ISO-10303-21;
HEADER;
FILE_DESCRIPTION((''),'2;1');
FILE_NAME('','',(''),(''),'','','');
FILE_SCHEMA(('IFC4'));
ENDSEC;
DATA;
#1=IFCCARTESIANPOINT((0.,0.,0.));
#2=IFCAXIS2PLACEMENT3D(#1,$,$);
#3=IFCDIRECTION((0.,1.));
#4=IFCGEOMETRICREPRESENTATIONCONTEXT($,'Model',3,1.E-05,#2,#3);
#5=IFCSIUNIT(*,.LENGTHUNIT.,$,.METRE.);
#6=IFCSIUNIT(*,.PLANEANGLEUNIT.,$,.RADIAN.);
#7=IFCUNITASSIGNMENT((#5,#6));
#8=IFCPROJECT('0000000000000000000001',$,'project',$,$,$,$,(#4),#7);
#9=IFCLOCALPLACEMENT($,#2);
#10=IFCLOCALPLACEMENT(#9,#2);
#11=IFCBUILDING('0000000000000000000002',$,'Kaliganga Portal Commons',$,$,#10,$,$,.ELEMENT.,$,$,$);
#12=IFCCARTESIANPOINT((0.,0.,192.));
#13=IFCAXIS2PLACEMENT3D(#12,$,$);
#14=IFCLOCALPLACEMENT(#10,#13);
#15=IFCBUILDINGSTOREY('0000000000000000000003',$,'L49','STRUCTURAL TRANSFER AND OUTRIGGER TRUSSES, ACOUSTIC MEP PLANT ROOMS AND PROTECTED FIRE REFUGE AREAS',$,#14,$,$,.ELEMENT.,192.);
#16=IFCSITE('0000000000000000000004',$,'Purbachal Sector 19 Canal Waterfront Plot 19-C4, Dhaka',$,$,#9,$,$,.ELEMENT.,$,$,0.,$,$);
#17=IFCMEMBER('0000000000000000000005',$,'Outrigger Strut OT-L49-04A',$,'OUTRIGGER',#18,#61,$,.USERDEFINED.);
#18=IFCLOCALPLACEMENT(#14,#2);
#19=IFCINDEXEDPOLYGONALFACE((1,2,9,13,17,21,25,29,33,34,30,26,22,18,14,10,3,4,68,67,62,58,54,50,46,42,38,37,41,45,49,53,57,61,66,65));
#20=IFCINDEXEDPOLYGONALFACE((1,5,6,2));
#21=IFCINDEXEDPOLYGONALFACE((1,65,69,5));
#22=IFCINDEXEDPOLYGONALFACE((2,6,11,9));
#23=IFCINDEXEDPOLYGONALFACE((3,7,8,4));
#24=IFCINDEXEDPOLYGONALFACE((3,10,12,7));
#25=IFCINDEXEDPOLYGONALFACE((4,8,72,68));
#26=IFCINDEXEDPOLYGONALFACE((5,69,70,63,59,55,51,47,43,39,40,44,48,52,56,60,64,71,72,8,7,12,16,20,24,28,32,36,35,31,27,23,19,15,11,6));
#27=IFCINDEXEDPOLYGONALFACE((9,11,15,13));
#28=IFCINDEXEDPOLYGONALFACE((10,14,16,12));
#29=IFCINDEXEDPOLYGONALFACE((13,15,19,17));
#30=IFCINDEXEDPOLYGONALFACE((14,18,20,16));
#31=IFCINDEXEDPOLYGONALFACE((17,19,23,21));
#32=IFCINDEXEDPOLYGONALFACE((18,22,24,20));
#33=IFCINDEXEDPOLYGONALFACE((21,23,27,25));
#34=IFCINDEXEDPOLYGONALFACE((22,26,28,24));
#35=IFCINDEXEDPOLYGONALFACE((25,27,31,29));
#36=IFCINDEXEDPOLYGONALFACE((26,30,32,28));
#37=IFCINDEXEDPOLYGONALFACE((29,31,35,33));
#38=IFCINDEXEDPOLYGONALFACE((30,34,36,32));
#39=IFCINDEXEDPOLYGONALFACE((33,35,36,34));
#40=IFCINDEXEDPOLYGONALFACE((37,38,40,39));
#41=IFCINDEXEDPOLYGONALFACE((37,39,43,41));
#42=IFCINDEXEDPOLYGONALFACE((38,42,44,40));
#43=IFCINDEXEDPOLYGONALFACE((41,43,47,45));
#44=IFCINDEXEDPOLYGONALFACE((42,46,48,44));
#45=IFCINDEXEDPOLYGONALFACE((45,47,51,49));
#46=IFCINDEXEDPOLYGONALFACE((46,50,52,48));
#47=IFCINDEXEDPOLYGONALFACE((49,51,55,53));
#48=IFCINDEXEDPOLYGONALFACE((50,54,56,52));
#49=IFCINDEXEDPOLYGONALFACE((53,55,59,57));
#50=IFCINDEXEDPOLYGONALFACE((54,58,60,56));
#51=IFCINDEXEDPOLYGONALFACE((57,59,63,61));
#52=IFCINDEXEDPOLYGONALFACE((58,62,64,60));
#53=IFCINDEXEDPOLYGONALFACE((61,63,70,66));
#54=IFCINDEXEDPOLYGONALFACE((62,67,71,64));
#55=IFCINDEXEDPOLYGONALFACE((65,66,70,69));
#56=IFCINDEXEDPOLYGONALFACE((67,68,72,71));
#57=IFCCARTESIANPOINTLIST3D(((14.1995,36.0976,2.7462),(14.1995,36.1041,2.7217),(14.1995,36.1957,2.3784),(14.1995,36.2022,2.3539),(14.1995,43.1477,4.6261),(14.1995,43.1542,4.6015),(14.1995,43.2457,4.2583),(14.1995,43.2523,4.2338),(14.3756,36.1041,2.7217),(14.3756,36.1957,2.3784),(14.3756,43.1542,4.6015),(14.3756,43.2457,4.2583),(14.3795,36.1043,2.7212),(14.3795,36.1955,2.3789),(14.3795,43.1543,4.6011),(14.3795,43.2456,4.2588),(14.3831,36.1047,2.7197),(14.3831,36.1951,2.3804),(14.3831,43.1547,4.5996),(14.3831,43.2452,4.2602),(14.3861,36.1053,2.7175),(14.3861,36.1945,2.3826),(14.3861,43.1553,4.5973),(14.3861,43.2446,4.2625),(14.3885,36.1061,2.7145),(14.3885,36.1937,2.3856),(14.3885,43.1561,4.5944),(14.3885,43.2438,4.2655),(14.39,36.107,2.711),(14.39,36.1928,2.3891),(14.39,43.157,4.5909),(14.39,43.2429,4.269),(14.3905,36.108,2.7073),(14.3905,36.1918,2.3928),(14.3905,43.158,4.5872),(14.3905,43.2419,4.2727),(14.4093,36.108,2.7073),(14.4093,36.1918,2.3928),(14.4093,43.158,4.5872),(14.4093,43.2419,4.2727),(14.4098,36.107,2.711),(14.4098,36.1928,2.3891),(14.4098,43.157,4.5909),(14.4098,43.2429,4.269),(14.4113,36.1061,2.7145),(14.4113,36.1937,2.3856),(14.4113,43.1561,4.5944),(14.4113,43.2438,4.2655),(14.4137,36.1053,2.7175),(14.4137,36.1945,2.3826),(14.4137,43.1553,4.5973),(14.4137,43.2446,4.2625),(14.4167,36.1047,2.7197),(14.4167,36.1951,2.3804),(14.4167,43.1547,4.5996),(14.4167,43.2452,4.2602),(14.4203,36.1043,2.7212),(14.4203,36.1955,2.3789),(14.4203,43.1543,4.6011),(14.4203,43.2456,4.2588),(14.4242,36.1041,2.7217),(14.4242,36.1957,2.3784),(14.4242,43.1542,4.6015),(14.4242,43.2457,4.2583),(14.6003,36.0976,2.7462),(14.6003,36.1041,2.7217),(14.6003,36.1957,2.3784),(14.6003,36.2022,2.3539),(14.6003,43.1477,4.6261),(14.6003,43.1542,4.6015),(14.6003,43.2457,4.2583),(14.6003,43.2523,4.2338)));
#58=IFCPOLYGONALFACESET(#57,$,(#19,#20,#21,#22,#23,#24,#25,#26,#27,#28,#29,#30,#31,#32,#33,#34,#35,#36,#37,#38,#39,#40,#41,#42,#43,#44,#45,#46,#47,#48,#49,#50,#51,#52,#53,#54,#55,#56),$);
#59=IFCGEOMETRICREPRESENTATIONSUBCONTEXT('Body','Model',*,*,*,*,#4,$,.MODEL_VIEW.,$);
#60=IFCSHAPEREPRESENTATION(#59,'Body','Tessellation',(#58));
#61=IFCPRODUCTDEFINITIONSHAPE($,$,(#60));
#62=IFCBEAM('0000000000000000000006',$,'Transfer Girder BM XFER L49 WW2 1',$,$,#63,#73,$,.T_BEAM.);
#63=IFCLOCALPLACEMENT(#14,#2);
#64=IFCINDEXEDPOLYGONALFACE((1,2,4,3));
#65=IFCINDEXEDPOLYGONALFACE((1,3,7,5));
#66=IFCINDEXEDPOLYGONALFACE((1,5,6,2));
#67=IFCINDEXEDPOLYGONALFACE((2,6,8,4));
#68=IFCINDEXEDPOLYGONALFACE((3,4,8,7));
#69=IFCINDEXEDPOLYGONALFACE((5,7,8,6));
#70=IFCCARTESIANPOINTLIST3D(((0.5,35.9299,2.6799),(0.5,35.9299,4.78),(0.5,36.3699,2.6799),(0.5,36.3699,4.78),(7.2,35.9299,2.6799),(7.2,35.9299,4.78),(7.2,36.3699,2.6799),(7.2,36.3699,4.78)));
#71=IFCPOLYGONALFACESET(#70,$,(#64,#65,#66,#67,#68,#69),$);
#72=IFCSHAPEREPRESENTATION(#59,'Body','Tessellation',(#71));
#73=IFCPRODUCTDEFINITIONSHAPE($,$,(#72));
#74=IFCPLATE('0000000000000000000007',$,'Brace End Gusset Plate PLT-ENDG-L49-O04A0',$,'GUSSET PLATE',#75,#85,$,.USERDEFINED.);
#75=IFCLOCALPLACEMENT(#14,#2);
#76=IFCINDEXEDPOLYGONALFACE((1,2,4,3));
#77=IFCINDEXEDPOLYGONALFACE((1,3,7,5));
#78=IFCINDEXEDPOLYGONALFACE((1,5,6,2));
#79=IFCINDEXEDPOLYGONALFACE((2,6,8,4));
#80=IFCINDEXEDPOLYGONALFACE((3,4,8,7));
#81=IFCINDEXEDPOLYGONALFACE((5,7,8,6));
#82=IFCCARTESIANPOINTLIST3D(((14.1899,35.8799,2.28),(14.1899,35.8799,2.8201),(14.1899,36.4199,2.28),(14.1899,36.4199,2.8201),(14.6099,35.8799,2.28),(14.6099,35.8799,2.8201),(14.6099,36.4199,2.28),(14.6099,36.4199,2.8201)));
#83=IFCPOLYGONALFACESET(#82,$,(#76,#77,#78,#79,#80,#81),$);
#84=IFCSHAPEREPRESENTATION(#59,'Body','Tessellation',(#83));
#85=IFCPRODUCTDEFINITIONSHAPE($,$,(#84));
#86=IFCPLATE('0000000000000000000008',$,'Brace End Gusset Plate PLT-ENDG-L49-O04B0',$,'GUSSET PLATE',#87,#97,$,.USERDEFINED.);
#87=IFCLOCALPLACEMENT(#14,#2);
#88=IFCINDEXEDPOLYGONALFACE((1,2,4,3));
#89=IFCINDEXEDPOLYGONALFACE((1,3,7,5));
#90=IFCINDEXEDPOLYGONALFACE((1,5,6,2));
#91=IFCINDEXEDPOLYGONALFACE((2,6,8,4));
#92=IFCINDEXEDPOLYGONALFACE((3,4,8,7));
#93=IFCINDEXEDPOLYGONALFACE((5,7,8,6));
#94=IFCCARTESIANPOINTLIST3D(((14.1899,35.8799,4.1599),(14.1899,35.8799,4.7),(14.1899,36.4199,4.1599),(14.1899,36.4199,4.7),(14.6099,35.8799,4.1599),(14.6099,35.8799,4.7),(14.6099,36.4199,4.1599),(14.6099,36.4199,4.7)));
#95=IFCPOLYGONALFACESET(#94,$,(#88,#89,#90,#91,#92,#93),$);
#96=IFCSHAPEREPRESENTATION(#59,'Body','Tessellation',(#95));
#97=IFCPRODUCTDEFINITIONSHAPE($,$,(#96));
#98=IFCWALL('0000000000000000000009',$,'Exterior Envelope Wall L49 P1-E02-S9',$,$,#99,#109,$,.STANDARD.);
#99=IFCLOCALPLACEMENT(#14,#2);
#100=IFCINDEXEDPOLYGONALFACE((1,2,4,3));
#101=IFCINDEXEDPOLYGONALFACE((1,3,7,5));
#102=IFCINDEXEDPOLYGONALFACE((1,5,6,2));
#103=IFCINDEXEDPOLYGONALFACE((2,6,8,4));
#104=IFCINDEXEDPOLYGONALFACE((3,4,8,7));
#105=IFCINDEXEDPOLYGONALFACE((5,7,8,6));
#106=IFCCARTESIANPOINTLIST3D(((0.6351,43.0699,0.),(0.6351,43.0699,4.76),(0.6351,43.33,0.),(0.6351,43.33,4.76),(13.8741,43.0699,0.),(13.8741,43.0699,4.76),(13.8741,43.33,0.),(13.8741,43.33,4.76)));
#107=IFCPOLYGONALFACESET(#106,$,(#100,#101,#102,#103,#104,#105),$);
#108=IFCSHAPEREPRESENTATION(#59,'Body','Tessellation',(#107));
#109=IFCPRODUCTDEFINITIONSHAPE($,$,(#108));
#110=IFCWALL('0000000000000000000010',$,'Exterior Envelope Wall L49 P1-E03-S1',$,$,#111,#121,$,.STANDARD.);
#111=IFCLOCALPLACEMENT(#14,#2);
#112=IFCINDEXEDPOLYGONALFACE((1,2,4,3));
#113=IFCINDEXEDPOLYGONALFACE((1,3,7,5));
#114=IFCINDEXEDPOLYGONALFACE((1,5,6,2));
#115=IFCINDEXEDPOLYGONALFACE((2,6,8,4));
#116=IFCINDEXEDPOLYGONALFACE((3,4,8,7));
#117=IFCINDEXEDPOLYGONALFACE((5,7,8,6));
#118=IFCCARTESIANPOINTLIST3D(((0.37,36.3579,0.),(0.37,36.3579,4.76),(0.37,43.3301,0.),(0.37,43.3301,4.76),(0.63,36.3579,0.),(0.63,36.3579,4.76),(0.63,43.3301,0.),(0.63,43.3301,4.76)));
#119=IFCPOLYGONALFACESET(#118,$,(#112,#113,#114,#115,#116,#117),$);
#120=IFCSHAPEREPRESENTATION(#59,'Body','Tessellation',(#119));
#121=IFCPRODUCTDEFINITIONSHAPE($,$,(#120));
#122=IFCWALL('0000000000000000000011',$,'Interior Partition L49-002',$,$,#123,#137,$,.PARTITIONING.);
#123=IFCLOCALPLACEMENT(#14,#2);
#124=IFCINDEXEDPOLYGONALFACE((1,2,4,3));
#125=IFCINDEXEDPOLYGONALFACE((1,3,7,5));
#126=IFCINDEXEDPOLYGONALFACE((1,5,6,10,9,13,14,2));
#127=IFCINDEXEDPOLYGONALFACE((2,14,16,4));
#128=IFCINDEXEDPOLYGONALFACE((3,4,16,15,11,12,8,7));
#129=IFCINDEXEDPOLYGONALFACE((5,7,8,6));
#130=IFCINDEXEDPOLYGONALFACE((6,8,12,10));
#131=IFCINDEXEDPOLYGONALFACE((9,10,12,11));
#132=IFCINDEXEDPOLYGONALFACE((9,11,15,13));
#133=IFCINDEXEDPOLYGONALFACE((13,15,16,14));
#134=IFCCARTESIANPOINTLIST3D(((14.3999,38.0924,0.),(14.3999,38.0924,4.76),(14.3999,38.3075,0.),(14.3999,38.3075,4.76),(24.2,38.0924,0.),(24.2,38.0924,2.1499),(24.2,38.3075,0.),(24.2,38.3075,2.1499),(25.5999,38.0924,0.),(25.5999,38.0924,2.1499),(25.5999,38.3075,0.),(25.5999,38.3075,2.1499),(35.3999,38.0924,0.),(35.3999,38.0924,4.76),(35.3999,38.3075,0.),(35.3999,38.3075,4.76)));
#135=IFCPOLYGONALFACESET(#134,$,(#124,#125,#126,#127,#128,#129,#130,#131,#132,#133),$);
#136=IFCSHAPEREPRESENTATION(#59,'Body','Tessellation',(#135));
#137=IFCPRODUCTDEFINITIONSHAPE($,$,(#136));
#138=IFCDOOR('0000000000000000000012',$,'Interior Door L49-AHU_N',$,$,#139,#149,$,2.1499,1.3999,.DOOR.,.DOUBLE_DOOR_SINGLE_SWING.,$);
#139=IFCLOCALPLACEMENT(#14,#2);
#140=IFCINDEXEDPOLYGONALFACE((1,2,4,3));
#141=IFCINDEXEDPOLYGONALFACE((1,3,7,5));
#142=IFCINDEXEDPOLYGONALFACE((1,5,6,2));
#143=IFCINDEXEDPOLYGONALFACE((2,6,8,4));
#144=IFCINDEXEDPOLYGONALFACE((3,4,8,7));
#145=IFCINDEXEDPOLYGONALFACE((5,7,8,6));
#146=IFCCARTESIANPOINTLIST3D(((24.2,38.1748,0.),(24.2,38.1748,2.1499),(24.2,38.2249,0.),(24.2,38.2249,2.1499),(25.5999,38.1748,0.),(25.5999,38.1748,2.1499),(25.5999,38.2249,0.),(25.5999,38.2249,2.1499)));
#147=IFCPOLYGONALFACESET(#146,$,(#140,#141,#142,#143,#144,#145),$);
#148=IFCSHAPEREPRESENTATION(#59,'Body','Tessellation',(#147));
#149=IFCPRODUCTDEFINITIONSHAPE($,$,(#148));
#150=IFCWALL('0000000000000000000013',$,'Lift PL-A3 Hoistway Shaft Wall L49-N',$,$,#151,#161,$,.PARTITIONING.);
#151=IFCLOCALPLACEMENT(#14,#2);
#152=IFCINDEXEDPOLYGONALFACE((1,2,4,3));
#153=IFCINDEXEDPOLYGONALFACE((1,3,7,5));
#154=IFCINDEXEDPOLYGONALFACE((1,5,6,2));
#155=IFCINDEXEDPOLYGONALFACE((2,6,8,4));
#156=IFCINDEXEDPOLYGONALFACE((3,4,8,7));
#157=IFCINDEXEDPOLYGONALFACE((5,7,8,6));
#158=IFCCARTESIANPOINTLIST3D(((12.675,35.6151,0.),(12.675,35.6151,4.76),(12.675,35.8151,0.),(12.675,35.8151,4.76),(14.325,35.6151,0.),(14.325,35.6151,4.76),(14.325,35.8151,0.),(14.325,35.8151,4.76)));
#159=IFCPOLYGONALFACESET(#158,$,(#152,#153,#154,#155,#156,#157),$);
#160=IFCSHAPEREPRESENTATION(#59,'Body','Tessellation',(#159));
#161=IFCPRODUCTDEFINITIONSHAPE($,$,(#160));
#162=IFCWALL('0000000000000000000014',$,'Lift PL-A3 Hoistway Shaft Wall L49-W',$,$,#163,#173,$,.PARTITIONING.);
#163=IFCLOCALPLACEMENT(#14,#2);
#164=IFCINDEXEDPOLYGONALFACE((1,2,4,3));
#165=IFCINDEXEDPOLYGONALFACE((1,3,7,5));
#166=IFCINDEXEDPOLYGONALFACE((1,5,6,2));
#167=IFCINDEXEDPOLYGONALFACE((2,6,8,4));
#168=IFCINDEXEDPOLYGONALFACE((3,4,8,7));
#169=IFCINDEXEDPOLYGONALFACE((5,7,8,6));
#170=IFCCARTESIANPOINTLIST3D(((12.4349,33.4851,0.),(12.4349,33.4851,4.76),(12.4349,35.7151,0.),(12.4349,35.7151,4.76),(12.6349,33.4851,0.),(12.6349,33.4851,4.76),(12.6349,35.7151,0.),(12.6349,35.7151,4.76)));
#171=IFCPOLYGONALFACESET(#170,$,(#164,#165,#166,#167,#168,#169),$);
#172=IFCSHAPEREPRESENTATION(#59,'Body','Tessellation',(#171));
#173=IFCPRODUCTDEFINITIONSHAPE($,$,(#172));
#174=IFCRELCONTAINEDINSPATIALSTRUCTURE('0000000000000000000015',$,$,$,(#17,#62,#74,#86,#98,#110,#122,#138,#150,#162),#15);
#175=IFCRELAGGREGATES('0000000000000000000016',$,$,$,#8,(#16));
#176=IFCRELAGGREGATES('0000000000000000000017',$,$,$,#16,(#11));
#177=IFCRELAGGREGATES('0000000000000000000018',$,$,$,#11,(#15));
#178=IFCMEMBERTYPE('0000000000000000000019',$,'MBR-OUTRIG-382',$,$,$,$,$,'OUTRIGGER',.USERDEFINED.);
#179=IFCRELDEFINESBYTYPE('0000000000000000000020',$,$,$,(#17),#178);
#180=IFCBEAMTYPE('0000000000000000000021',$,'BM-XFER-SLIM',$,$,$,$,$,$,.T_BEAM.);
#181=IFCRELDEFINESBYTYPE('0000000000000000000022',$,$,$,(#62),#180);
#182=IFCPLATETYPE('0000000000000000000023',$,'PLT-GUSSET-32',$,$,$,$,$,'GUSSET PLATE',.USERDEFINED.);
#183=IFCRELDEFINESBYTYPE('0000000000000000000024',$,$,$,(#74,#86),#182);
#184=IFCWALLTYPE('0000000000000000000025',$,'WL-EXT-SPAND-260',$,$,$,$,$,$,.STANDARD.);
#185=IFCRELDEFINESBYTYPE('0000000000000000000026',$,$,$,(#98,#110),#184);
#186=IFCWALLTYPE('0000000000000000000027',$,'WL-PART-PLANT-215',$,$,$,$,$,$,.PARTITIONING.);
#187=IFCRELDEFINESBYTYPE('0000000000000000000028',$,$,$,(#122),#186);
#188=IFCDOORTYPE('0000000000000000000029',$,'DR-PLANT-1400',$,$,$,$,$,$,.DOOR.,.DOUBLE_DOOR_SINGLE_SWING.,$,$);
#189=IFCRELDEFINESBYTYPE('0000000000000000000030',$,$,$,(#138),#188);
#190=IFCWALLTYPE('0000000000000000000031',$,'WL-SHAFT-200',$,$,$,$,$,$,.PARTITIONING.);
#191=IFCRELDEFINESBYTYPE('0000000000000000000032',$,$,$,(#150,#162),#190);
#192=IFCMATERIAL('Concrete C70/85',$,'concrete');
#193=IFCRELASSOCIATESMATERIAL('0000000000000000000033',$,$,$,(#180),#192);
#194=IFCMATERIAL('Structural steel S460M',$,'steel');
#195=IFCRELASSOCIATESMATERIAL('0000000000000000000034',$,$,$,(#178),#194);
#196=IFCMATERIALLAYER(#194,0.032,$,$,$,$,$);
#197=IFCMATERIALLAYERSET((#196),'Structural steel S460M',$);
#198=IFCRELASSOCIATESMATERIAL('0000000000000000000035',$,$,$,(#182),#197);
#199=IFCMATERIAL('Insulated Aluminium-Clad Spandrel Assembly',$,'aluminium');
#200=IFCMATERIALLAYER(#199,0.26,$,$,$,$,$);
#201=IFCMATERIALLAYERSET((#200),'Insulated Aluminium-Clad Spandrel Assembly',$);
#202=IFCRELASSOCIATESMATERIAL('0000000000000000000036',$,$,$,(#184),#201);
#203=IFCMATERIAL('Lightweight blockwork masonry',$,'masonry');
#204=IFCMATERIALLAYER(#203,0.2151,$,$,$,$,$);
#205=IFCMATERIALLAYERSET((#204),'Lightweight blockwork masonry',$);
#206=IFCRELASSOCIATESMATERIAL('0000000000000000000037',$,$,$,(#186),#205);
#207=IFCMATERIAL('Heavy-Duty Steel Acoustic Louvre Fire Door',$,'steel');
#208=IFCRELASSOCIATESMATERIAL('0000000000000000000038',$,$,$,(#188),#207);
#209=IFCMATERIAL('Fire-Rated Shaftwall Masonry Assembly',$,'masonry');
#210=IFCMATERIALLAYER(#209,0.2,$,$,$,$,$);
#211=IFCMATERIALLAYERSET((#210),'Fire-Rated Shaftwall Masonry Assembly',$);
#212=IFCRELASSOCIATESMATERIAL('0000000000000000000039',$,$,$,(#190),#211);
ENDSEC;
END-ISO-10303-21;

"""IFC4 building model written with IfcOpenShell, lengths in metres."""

from ifc_helpers import new_model, si_unit, direction, frame, frame_2d, origin, origin_2d, place, context, subcontext, project, spatial, rectangle, i_section, extrude, source, transform, mapped, material, layer, layer_set, material_profile, profile_set, type_object, element, fill, save


model = new_model("IFC4")

# Units and contexts
model_context = context("Model", 3, precision=1e-05, world=origin(), true_north=direction((0.0, 1.0)))
body_context = subcontext(model_context, "Body", "Model", "MODEL_VIEW")
ifc_project = project(units=[si_unit("LENGTHUNIT", "METRE"), si_unit("PLANEANGLEUNIT", "RADIAN")], contexts=[model_context])

# Site, building, storey
site_placement = place(None, origin())
site = spatial("IfcSite", under=ifc_project, at=site_placement, Name="Purbachal Sector 19 Canal Waterfront Plot 19-C4, Dhaka", CompositionType="ELEMENT", RefElevation=0.0)
building_placement = place(site_placement, origin())
building = spatial("IfcBuilding", under=site, at=building_placement, Name="Kaliganga Portal Commons", CompositionType="ELEMENT")
storey_placement = place(building_placement, frame((0.0, 0.0, 192.0)))
storey = spatial("IfcBuildingStorey", under=building, at=storey_placement, Name="L49", Description="STRUCTURAL TRANSFER AND OUTRIGGER TRUSSES, ACOUSTIC MEP PLANT ROOMS AND PROTECTED FIRE REFUGE AREAS", CompositionType="ELEMENT", Elevation=192.0)

# Shared definitions
ifc_material_1 = material(Name="Structural steel S460M", Category="steel")

# Shared definitions
ifc_material_2 = material(Name="Concrete C70/85", Category="concrete")
ifc_material_profile_1 = material_profile(ifc_material_2, rectangle(XDim=0.4399, YDim=2.1001, at=origin_2d()), Name="RC 440x2100")
ifc_profile_set_1 = profile_set([ifc_material_profile_1], Name="Concrete C70/85")
beam_type = type_object("IfcBeamType", Name="BM-XFER-SLIM", PredefinedType="T_BEAM", material=ifc_profile_set_1)

# Member
ifc_material_profile_2 = material_profile(ifc_material_1, i_section(OverallWidth=0.4009, OverallDepth=0.406, WebThickness=0.0188, FlangeThickness=0.0254, FilletRadius=0.0149, at=origin_2d()), Name="HD 400x314")
ifc_profile_set_2 = profile_set([ifc_material_profile_2], Name="Structural steel S460M wide-flange")
member_type_1 = type_object("IfcMemberType", Name="MBR-OUTRIG-382", ElementType="OUTRIGGER", PredefinedType="USERDEFINED", material=ifc_profile_set_2)
shared_shape_1 = source(origin(), body_context, "Body", "SweptSolid", [
    extrude(i_section(OverallWidth=0.4009, OverallDepth=0.406, WebThickness=0.0188, FlangeThickness=0.0254, FilletRadius=0.0149, at=origin_2d()), origin(), (0.0, 0.0, 1.0), 7.2964),
])
member_1_placement = place(storey_placement, frame((14.3999, 36.1499, 2.55), z_axis=(0.0, 0.966239, 0.257646), x_axis=(-1.0, 0.0, 0.0)))
element("IfcMember", 1, at=member_1_placement, inside=storey, type_object=member_type_1, Name="Outrigger Strut OT-L49-04A", ObjectType="OUTRIGGER", PredefinedType="USERDEFINED", context=body_context, shape_type="MappedRepresentation", body=[
    mapped(shared_shape_1, transform((0.0, 0.0, 0.0), x_axis=(1.0, 0.0, 0.0), y_axis=(0.0, 1.0, 0.0), z_axis=(0.0, 0.0, 1.0), scale=1.0)),
])

# Beam
shared_shape_2 = source(origin(), body_context, "Body", "SweptSolid", [
    extrude(rectangle(XDim=0.4399, YDim=2.1001, at=origin_2d()), origin(), (0.0, 0.0, 1.0), 6.7),
])
beam_1_placement = place(storey_placement, frame((0.5, 36.1499, 3.73), z_axis=(1.0, 0.0, 0.0), x_axis=(0.0, 1.0, 0.0)))
element("IfcBeam", 2, at=beam_1_placement, inside=storey, type_object=beam_type, Name="Transfer Girder BM XFER L49 WW2 1", PredefinedType="T_BEAM", context=body_context, shape_type="MappedRepresentation", body=[
    mapped(shared_shape_2, transform((0.0, 0.0, 0.0), x_axis=(1.0, 0.0, 0.0), y_axis=(0.0, 1.0, 0.0), z_axis=(0.0, 0.0, 1.0), scale=1.0)),
])

# Plates
ifc_layer_1 = layer(ifc_material_1, 0.032)
ifc_layer_set_1 = layer_set([ifc_layer_1], Name="Structural steel S460M")
plate_type = type_object("IfcPlateType", Name="PLT-GUSSET-32", ElementType="GUSSET PLATE", PredefinedType="USERDEFINED", material=ifc_layer_set_1)
shared_shape_3 = source(origin(), body_context, "Body", "SweptSolid", [
    extrude(rectangle(XDim=0.54, YDim=0.4199, at=origin_2d()), origin(), (0.0, 0.0, 1.0), 0.54),
])
for number, where, z_axis, x_axis, name in (
    (3, (14.3999, 36.1499, 2.28), (0.0, 0.0, 1.0), (0.0, 1.0, 0.0), "Brace End Gusset Plate PLT-ENDG-L49-O04A0"),
    (4, (14.3999, 36.1499, 4.1599), (0.0, 0.0, 1.0), (0.0, 1.0, 0.0), "Brace End Gusset Plate PLT-ENDG-L49-O04B0"),
):
    element("IfcPlate", number, at=place(storey_placement, frame(where, z_axis=z_axis, x_axis=x_axis)), inside=storey, type_object=plate_type, Name=name, ObjectType="GUSSET PLATE", PredefinedType="USERDEFINED", context=body_context, shape_type="MappedRepresentation", body=[
        mapped(shared_shape_3, transform((0.0, 0.0, 0.0), x_axis=(1.0, 0.0, 0.0), y_axis=(0.0, 1.0, 0.0), z_axis=(0.0, 0.0, 1.0), scale=1.0)),
    ])

# Walls
ifc_material_3 = material(Name="Insulated Aluminium-Clad Spandrel Assembly", Category="aluminium")
ifc_layer_2 = layer(ifc_material_3, 0.26)
ifc_layer_set_2 = layer_set([ifc_layer_2], Name="Insulated Aluminium-Clad Spandrel Assembly")
wall_type_1 = type_object("IfcWallType", Name="WL-EXT-SPAND-260", PredefinedType="STANDARD", material=ifc_layer_set_2)
wall_1_placement = place(storey_placement, frame((0.635, 43.2, 0.0), z_axis=(0.0, 0.0, 1.0), x_axis=(1.0, 0.0, 0.0)))
element("IfcWall", 5, at=wall_1_placement, inside=storey, type_object=wall_type_1, Name="Exterior Envelope Wall L49 P1-E02-S9", PredefinedType="STANDARD", context=body_context, shape_type="SweptSolid", body=[
    extrude(rectangle(XDim=13.239, YDim=0.26, at=frame_2d((6.6196, 0.0))), origin(), (0.0, 0.0, 1.0), 4.76),
])
wall_2_placement = place(storey_placement, frame((0.5, 36.3579, 0.0), z_axis=(0.0, 0.0, 1.0), x_axis=(0.0, 1.0, 0.0)))
element("IfcWall", 6, at=wall_2_placement, inside=storey, type_object=wall_type_1, Name="Exterior Envelope Wall L49 P1-E03-S1", PredefinedType="STANDARD", context=body_context, shape_type="SweptSolid", body=[
    extrude(rectangle(XDim=6.9722, YDim=0.26, at=frame_2d((3.4861, 0.0))), origin(), (0.0, 0.0, 1.0), 4.76),
])

# Wall, opening, door
ifc_material_4 = material(Name="Lightweight blockwork masonry", Category="masonry")
ifc_layer_3 = layer(ifc_material_4, 0.2151)
ifc_layer_set_3 = layer_set([ifc_layer_3], Name="Lightweight blockwork masonry")
wall_type_2 = type_object("IfcWallType", Name="WL-PART-PLANT-215", PredefinedType="PARTITIONING", material=ifc_layer_set_3)
wall_3_placement = place(storey_placement, frame((14.3999, 38.2, 0.0), z_axis=(0.0, 0.0, 1.0), x_axis=(1.0, 0.0, 0.0)))
wall_3 = element("IfcWall", 7, at=wall_3_placement, inside=storey, type_object=wall_type_2, Name="Interior Partition L49-002", PredefinedType="PARTITIONING", context=body_context, shape_type="SweptSolid", body=[
    extrude(rectangle(XDim=21.0, YDim=0.2151, at=frame_2d((10.5, 0.0))), origin(), (0.0, 0.0, 1.0), 4.76),
])
opening_1_placement = place(wall_3_placement, frame((9.8, 0.0, 0.0)))
opening_1 = element("IfcOpeningElement", 8, at=opening_1_placement, cuts=wall_3, PredefinedType="OPENING", context=body_context, shape_type="SweptSolid", body=[
    extrude(rectangle(XDim=1.3999, YDim=2.1499, at=frame_2d((0.7, 1.075))), frame((0.0, 0.1177, 0.0), z_axis=(0.0, -1.0, 0.0), x_axis=(1.0, 0.0, 0.0)), (0.0, 0.0, 1.0), 0.2351),
])
ifc_material_5 = material(Name="Heavy-Duty Steel Acoustic Louvre Fire Door", Category="steel")
door_type_1 = type_object("IfcDoorType", Name="DR-PLANT-1400", OperationType="DOUBLE_DOOR_SINGLE_SWING", PredefinedType="DOOR", material=ifc_material_5)
door_1_placement = place(opening_1_placement, origin())
door_1 = element("IfcDoor", 9, at=door_1_placement, inside=storey, type_object=door_type_1, Name="Interior Door L49-AHU_N", OperationType="DOUBLE_DOOR_SINGLE_SWING", OverallHeight=2.1499, OverallWidth=1.3999, PredefinedType="DOOR", context=body_context, shape_type="SweptSolid", body=[
    extrude(rectangle(XDim=1.3999, YDim=2.1499, at=frame_2d((0.7, 1.075))), frame((0.0, 0.0249, 0.0), z_axis=(0.0, -1.0, 0.0), x_axis=(1.0, 0.0, 0.0)), (0.0, 0.0, 1.0), 0.05),
])
fill(opening_1, door_1)
ifc_material_6 = material(Name="Fire-Rated Shaftwall Masonry Assembly", Category="masonry")
ifc_layer_4 = layer(ifc_material_6, 0.2)
ifc_layer_set_4 = layer_set([ifc_layer_4], Name="Fire-Rated Shaftwall Masonry Assembly")
wall_type_3 = type_object("IfcWallType", Name="WL-SHAFT-200", PredefinedType="PARTITIONING", material=ifc_layer_set_4)

# Walls
wall_4_placement = place(storey_placement, frame((12.675, 35.7151, 0.0), z_axis=(0.0, 0.0, 1.0), x_axis=(1.0, 0.0, 0.0)))
element("IfcWall", 10, at=wall_4_placement, inside=storey, type_object=wall_type_3, Name="Lift PL-A3 Hoistway Shaft Wall L49-N", PredefinedType="PARTITIONING", context=body_context, shape_type="SweptSolid", body=[
    extrude(rectangle(XDim=1.6499, YDim=0.2, at=frame_2d((0.825, 0.0))), origin(), (0.0, 0.0, 1.0), 4.76),
])
wall_5_placement = place(storey_placement, frame((12.5349, 33.4851, 0.0), z_axis=(0.0, 0.0, 1.0), x_axis=(0.0, 1.0, 0.0)))
element("IfcWall", 11, at=wall_5_placement, inside=storey, type_object=wall_type_3, Name="Lift PL-A3 Hoistway Shaft Wall L49-W", PredefinedType="PARTITIONING", context=body_context, shape_type="SweptSolid", body=[
    extrude(rectangle(XDim=2.23, YDim=0.2, at=frame_2d((1.115, 0.0))), origin(), (0.0, 0.0, 1.0), 4.76),
])

save(model, "model.ifc")
